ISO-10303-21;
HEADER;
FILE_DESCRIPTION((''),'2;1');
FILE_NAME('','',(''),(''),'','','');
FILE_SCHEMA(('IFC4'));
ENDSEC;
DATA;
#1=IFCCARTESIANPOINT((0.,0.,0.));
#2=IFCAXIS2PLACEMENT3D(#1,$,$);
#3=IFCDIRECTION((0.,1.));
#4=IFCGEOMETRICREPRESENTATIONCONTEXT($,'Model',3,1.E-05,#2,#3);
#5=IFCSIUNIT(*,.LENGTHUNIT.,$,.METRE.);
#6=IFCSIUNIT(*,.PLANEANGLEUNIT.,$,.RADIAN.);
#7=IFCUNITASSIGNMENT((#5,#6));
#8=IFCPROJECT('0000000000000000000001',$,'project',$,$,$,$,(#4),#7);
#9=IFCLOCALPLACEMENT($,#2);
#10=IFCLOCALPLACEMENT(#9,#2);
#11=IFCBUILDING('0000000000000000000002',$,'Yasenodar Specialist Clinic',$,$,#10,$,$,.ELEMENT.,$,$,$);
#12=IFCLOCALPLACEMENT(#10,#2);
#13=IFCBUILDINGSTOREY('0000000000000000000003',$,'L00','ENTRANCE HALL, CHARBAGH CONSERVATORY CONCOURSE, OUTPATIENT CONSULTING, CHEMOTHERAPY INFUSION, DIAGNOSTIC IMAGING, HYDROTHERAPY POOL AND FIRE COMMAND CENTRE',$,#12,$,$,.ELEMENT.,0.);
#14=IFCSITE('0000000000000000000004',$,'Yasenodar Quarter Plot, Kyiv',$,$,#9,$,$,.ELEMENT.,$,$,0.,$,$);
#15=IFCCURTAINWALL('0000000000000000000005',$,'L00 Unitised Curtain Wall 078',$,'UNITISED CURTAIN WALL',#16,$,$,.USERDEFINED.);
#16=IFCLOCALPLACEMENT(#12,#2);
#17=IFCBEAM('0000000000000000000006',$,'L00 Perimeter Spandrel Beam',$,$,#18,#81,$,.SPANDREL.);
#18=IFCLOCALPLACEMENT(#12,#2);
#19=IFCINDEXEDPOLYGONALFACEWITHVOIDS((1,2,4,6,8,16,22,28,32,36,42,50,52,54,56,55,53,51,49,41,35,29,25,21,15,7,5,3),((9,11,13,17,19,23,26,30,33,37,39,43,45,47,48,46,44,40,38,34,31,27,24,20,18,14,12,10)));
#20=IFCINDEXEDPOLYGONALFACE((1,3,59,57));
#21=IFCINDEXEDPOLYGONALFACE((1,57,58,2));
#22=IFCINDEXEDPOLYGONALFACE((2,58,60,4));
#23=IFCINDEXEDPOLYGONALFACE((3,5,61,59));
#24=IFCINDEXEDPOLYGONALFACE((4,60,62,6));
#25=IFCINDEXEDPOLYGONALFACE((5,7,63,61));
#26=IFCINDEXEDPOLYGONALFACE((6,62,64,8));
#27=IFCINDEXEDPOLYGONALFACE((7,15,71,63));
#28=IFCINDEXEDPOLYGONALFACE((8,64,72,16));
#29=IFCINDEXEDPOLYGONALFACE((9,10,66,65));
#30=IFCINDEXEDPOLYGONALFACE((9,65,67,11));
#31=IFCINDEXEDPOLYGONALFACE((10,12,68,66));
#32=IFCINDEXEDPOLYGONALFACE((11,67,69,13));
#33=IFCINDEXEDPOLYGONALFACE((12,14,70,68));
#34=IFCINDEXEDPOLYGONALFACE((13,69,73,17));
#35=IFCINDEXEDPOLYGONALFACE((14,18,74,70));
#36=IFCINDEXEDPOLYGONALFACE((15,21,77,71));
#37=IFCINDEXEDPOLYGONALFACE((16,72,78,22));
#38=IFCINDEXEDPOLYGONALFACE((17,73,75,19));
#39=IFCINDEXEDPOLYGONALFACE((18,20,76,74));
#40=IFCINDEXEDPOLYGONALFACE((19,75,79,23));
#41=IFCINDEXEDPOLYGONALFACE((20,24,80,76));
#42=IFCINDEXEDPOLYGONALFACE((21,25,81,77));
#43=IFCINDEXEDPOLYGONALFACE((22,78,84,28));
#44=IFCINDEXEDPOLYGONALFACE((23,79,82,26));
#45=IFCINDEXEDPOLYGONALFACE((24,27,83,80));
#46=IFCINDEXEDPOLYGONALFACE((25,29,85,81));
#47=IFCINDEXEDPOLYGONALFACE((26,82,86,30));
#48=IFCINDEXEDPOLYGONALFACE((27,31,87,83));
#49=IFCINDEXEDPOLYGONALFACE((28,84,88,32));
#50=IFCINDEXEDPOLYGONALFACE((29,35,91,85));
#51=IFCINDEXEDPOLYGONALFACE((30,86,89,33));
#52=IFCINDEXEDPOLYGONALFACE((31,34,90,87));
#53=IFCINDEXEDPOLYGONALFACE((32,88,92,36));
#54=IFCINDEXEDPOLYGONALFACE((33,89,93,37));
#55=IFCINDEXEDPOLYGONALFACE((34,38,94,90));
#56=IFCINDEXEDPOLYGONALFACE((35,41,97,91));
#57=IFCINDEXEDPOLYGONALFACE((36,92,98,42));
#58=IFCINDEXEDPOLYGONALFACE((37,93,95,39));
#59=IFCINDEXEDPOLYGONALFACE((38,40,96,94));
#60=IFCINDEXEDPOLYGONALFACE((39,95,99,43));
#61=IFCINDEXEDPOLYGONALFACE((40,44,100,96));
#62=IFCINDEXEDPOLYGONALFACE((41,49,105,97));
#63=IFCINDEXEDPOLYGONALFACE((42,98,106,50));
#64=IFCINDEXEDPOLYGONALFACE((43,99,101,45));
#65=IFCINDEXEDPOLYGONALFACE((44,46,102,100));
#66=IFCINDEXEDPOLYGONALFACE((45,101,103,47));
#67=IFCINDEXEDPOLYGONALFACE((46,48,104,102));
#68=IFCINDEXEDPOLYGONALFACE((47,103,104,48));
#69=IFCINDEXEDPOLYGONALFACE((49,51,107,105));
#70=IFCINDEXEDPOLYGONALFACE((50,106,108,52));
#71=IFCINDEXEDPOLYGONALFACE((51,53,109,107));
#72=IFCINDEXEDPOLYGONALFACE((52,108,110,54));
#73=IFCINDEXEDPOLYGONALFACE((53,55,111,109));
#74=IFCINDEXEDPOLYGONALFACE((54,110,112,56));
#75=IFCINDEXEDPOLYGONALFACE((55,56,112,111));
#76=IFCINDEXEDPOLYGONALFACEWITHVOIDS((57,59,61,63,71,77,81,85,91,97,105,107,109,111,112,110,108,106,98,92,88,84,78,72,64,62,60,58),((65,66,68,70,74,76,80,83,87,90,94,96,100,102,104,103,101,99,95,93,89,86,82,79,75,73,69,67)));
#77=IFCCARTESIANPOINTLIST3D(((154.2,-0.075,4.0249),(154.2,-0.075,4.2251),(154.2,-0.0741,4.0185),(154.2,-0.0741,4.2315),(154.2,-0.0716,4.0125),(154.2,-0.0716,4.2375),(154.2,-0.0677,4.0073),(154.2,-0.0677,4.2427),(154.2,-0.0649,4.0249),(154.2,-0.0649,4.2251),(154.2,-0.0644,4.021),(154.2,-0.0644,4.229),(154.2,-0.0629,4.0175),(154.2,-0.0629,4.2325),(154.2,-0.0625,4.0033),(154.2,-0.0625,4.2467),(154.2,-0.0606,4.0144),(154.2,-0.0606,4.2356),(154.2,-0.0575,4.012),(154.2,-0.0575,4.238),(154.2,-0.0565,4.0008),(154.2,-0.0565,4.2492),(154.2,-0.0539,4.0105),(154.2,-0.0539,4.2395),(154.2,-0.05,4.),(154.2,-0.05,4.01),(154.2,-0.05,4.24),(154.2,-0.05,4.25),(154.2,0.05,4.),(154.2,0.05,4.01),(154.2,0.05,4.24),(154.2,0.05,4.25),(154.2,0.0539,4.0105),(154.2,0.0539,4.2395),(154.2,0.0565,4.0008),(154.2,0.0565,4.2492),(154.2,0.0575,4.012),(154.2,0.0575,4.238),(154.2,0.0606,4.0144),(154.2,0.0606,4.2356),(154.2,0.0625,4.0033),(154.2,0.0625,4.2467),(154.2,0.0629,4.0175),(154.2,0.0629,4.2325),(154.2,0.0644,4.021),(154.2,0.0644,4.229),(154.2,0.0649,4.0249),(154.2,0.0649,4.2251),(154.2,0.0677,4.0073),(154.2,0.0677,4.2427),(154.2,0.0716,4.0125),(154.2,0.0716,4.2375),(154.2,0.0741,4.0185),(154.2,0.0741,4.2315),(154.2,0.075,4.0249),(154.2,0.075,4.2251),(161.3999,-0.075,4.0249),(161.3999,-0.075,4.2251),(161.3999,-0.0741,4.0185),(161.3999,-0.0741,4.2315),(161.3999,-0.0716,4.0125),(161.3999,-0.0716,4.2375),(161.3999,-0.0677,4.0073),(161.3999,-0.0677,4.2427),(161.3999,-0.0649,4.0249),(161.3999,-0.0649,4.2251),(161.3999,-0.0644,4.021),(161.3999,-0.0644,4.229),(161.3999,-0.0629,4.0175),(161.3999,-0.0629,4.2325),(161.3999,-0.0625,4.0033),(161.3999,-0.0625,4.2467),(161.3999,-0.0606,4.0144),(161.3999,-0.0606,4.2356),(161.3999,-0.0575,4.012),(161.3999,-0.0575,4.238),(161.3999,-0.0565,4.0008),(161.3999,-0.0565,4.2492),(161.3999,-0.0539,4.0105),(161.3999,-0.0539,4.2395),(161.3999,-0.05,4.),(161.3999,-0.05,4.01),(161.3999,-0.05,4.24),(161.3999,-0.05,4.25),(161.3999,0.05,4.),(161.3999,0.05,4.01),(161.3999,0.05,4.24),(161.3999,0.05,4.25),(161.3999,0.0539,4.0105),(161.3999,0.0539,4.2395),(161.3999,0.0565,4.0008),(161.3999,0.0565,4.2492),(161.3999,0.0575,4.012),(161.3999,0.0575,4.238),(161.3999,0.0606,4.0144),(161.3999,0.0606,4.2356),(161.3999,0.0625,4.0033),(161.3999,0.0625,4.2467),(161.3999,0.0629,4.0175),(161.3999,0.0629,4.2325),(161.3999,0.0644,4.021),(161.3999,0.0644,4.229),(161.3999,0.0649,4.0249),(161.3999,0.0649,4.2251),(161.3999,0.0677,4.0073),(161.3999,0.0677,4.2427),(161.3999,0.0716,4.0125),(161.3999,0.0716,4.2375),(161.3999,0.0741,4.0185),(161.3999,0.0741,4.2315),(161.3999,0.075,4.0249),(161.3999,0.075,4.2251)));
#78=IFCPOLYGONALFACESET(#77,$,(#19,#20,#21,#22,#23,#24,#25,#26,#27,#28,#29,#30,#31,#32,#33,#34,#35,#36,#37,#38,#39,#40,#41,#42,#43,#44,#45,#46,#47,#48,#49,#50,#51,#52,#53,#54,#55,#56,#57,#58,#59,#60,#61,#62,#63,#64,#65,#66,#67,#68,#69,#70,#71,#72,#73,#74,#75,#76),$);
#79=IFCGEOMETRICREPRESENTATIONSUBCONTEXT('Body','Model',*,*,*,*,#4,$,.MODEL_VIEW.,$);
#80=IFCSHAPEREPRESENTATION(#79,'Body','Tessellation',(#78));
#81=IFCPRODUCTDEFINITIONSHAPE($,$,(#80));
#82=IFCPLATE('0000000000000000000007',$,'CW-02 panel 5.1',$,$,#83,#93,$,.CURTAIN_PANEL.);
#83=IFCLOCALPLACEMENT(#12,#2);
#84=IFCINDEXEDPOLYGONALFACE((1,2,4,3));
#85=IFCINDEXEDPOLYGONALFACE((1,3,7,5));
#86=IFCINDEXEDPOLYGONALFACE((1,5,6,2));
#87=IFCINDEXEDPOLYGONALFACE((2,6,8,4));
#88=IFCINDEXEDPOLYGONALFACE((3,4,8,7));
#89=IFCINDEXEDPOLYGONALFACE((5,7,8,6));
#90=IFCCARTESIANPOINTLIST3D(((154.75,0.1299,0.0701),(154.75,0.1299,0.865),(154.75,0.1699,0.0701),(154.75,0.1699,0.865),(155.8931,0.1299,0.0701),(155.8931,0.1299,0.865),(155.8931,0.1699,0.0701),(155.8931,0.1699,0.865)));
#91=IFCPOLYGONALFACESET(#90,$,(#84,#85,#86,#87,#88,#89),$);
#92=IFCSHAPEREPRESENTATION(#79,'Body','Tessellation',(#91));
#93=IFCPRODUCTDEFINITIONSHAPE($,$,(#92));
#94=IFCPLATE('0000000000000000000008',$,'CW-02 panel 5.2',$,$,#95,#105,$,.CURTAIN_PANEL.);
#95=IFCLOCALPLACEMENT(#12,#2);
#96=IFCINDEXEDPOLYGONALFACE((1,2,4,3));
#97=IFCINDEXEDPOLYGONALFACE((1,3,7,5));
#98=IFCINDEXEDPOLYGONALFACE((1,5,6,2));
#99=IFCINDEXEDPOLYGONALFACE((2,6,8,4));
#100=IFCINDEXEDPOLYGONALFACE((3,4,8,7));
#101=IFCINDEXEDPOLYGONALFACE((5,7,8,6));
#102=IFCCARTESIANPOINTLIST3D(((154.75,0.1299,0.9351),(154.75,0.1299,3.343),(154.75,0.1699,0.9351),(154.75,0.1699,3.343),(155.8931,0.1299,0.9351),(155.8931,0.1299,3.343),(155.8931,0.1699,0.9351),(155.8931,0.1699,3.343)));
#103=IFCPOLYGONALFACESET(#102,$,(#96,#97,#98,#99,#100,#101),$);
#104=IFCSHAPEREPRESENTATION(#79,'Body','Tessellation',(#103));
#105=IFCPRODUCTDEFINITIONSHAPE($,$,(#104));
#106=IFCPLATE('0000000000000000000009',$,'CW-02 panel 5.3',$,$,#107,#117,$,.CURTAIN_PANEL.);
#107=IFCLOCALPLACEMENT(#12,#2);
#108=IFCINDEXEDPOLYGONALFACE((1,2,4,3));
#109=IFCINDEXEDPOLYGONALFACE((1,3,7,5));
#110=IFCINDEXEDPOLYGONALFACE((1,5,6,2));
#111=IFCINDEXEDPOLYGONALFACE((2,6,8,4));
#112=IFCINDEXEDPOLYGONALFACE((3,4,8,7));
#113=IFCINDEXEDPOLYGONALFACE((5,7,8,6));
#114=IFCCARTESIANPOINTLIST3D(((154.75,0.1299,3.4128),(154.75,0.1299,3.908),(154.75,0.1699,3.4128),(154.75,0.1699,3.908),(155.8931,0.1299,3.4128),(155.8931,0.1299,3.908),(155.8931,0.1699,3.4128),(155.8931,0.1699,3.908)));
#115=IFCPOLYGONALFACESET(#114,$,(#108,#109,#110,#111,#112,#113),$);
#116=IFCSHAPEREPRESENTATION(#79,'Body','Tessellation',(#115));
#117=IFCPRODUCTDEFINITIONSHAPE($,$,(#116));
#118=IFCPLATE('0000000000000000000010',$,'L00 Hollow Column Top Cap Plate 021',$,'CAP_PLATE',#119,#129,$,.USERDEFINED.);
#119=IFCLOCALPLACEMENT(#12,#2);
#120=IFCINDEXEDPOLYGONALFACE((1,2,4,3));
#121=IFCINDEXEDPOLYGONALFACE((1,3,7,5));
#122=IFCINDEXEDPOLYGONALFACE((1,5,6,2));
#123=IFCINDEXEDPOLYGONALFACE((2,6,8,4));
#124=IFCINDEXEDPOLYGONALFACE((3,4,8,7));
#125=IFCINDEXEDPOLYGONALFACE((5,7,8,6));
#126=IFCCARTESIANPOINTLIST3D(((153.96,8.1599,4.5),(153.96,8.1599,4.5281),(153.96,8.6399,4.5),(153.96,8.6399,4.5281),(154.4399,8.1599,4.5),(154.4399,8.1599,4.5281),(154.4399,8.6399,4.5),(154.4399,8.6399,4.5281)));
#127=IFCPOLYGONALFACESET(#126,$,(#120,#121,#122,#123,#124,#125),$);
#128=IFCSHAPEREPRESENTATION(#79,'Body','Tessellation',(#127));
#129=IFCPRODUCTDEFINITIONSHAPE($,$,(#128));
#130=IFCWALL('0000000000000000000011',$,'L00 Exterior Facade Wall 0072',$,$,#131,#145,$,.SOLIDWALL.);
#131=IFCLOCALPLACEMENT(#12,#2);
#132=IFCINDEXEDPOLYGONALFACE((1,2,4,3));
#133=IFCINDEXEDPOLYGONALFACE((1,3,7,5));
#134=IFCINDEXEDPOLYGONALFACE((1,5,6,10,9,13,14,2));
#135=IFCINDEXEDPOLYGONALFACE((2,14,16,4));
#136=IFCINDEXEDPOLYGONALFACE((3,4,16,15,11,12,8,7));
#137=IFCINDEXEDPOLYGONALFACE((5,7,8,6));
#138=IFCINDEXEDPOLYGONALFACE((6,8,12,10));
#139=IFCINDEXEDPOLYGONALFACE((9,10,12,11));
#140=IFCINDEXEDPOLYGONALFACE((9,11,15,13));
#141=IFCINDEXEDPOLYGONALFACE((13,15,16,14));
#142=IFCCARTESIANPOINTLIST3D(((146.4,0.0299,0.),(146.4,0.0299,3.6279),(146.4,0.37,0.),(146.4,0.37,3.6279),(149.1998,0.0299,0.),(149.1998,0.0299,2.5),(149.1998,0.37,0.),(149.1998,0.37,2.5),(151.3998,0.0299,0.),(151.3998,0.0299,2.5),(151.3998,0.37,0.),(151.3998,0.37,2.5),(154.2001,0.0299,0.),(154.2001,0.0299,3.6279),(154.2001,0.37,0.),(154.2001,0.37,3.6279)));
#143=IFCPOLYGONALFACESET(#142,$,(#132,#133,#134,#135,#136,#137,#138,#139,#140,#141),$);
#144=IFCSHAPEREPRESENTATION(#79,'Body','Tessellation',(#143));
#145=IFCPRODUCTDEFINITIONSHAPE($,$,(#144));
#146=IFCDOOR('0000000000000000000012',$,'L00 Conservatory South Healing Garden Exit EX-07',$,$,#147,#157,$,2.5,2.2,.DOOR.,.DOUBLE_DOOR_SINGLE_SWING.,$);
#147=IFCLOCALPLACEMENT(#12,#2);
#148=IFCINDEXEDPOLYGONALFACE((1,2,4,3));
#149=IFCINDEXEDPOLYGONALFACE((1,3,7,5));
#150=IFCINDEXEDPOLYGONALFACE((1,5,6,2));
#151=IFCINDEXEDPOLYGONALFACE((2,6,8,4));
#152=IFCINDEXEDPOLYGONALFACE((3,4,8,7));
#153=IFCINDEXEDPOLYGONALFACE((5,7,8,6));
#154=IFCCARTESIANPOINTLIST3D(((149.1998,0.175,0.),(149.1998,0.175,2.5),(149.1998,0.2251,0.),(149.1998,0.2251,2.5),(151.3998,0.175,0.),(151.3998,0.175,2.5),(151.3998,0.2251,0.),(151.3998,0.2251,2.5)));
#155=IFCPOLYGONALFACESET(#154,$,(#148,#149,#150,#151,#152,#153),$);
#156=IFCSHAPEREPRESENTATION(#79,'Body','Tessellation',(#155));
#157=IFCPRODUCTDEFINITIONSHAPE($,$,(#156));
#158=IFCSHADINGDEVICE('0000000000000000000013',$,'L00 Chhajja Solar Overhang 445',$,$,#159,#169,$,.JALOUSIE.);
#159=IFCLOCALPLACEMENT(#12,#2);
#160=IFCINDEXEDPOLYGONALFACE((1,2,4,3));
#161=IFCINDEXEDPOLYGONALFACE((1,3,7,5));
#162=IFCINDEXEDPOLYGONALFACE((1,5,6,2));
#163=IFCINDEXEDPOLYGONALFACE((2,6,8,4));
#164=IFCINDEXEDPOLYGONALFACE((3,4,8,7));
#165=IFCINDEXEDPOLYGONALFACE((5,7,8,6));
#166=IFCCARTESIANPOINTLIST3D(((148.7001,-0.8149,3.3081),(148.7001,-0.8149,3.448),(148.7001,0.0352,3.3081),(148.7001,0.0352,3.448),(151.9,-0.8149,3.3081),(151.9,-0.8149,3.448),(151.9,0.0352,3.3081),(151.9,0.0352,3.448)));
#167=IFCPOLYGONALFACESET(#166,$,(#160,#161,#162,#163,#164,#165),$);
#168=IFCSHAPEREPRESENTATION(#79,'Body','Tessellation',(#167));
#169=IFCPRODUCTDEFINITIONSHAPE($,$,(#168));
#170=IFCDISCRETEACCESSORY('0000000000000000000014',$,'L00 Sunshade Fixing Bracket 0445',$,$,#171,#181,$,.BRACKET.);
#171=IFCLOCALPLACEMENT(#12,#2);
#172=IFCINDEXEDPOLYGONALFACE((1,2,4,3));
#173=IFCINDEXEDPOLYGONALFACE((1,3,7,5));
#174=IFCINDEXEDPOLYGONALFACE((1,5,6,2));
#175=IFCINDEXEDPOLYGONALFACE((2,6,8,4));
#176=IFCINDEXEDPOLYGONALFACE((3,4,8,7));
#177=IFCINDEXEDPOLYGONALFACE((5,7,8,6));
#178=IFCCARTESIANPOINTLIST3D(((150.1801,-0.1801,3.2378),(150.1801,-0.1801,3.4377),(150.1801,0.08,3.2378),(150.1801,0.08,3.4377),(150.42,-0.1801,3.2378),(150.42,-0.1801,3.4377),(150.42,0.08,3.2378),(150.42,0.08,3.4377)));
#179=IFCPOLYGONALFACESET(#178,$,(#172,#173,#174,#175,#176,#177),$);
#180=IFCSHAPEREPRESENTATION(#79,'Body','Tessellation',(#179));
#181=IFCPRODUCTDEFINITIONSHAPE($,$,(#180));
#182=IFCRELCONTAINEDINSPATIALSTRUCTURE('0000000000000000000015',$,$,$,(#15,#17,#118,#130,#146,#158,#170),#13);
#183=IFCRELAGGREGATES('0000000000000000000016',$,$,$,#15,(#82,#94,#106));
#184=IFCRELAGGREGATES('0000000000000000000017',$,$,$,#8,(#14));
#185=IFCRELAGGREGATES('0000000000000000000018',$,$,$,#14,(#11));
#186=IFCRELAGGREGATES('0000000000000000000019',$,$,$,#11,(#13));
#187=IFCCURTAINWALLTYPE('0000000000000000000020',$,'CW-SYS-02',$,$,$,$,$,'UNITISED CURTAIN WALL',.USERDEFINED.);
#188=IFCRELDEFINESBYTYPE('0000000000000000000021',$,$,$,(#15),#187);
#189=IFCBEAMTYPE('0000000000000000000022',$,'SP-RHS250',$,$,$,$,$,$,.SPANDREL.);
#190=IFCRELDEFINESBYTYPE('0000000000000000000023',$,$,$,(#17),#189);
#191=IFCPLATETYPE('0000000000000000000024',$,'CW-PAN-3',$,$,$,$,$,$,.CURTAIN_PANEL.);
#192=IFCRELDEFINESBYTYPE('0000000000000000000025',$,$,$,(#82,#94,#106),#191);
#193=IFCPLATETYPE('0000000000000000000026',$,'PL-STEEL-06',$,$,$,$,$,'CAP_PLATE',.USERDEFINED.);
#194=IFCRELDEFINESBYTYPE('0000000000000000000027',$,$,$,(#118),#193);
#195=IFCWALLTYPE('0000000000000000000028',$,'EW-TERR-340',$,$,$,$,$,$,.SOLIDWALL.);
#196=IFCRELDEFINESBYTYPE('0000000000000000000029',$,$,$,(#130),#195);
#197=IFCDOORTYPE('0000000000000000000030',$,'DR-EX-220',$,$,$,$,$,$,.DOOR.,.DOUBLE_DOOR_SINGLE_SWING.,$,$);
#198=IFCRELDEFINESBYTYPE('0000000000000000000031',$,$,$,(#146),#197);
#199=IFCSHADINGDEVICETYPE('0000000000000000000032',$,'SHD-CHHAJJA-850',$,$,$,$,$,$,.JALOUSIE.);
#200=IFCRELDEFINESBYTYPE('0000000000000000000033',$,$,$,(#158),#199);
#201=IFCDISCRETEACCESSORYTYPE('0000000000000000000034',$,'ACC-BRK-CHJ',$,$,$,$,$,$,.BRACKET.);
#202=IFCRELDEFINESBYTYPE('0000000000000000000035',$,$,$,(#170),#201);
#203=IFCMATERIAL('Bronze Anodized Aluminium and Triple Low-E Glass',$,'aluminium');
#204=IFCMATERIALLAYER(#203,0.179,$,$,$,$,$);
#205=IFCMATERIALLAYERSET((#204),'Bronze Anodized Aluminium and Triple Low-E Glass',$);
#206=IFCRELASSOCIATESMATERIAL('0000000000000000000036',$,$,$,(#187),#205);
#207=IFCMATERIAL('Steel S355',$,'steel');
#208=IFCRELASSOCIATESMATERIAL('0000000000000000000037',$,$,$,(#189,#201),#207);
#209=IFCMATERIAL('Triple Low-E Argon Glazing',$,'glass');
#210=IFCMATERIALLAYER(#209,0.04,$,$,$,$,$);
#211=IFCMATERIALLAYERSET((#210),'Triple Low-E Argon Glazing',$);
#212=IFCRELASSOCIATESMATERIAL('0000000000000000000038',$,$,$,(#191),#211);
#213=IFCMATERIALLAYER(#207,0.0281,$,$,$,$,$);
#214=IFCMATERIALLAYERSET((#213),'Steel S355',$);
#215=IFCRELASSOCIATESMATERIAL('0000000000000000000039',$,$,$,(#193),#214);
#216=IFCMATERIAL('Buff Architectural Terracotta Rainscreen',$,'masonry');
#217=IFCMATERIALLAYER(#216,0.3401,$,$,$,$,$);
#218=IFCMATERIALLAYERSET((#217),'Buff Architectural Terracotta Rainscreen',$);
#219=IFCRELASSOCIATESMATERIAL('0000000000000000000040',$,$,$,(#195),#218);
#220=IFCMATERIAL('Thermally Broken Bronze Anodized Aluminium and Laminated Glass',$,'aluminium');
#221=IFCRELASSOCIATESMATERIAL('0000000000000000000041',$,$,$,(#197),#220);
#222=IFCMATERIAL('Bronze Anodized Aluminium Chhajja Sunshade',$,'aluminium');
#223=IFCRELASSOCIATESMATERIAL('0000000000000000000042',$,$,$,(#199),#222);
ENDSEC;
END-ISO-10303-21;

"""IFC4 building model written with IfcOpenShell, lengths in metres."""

from ifc_helpers import new_model, si_unit, direction, frame, frame_2d, origin, origin_2d, place, context, subcontext, project, spatial, rectangle, hollow_rectangle, extrude, material, layer, layer_set, material_profile, profile_set, type_object, element, fill, aggregate, save


model = new_model("IFC4")

# Units and contexts
model_context = context("Model", 3, precision=1e-05, world=origin(), true_north=direction((0.0, 1.0)))
body_context = subcontext(model_context, "Body", "Model", "MODEL_VIEW")
ifc_project = project(units=[si_unit("LENGTHUNIT", "METRE"), si_unit("PLANEANGLEUNIT", "RADIAN")], contexts=[model_context])

# Site, building, storey
site_placement = place(None, origin())
site = spatial("IfcSite", under=ifc_project, at=site_placement, Name="Yasenodar Quarter Plot, Kyiv", CompositionType="ELEMENT", RefElevation=0.0)
building_placement = place(site_placement, origin())
building = spatial("IfcBuilding", under=site, at=building_placement, Name="Yasenodar Specialist Clinic", CompositionType="ELEMENT")
storey_placement = place(building_placement, origin())
storey = spatial("IfcBuildingStorey", under=building, at=storey_placement, Name="L00", Description="ENTRANCE HALL, CHARBAGH CONSERVATORY CONCOURSE, OUTPATIENT CONSULTING, CHEMOTHERAPY INFUSION, DIAGNOSTIC IMAGING, HYDROTHERAPY POOL AND FIRE COMMAND CENTRE", CompositionType="ELEMENT", Elevation=0.0)

# Shared definitions
ifc_material_1 = material(Name="Steel S355", Category="steel")

# Curtain wall
ifc_material_2 = material(Name="Bronze Anodized Aluminium and Triple Low-E Glass", Category="aluminium")
ifc_layer_1 = layer(ifc_material_2, 0.179)
ifc_layer_set_1 = layer_set([ifc_layer_1], Name="Bronze Anodized Aluminium and Triple Low-E Glass")
curtain_wall_type = type_object("IfcCurtainWallType", Name="CW-SYS-02", ElementType="UNITISED CURTAIN WALL", PredefinedType="USERDEFINED", material=ifc_layer_set_1)
curtain_wall_placement = place(storey_placement, origin())
curtain_wall = element("IfcCurtainWall", 1, at=curtain_wall_placement, inside=storey, type_object=curtain_wall_type, Name="L00 Unitised Curtain Wall 078", ObjectType="UNITISED CURTAIN WALL", PredefinedType="USERDEFINED")

# Beam
ifc_material_profile_1 = material_profile(ifc_material_1, hollow_rectangle(XDim=0.1499, YDim=0.25, WallThickness=0.01, InnerFilletRadius=0.0149, OuterFilletRadius=0.0249, at=origin_2d()), Name="RHS 250x150x10")
ifc_profile_set_1 = profile_set([ifc_material_profile_1], Name="Steel S355")
beam_type_1 = type_object("IfcBeamType", Name="SP-RHS250", PredefinedType="SPANDREL", material=ifc_profile_set_1)
beam_1_placement = place(storey_placement, frame((154.2, 0.0, 4.125), z_axis=(1.0, 0.0, 0.0), x_axis=(0.0, 1.0, 0.0)))
element("IfcBeam", 2, at=beam_1_placement, inside=storey, type_object=beam_type_1, Name="L00 Perimeter Spandrel Beam", PredefinedType="SPANDREL", context=body_context, shape_type="SweptSolid", body=[
    extrude(hollow_rectangle(XDim=0.1499, YDim=0.25, WallThickness=0.01, InnerFilletRadius=0.0149, OuterFilletRadius=0.0249, at=origin_2d()), origin(), (0.0, 0.0, 1.0), 7.2),
])

# Plates
ifc_material_3 = material(Name="Triple Low-E Argon Glazing", Category="glass")
ifc_layer_2 = layer(ifc_material_3, 0.04)
ifc_layer_set_2 = layer_set([ifc_layer_2], Name="Triple Low-E Argon Glazing")
plate_type_1 = type_object("IfcPlateType", Name="CW-PAN-3", PredefinedType="CURTAIN_PANEL", material=ifc_layer_set_2)
plate_1_placement = place(storey_placement, frame((155.3215, 0.1499, 0.0701), z_axis=(0.0, 0.0, 1.0), x_axis=(-1.0, 0.0, 0.0)))
plate_1 = element("IfcPlate", 3, at=plate_1_placement, type_object=plate_type_1, Name="CW-02 panel 5.1", PredefinedType="CURTAIN_PANEL", context=body_context, shape_type="SweptSolid", body=[
    extrude(rectangle(XDim=1.1431, YDim=0.04, at=origin_2d()), origin(), (0.0, 0.0, 1.0), 0.7949),
])
plate_2_placement = place(storey_placement, frame((155.3215, 0.1499, 0.9351), z_axis=(0.0, 0.0, 1.0), x_axis=(-1.0, 0.0, 0.0)))
plate_2 = element("IfcPlate", 4, at=plate_2_placement, type_object=plate_type_1, Name="CW-02 panel 5.2", PredefinedType="CURTAIN_PANEL", context=body_context, shape_type="SweptSolid", body=[
    extrude(rectangle(XDim=1.1431, YDim=0.04, at=origin_2d()), origin(), (0.0, 0.0, 1.0), 2.408),
])
plate_3_placement = place(storey_placement, frame((155.3215, 0.1499, 3.4128), z_axis=(0.0, 0.0, 1.0), x_axis=(-1.0, 0.0, 0.0)))
plate_3 = element("IfcPlate", 5, at=plate_3_placement, type_object=plate_type_1, Name="CW-02 panel 5.3", PredefinedType="CURTAIN_PANEL", context=body_context, shape_type="SweptSolid", body=[
    extrude(rectangle(XDim=1.1431, YDim=0.04, at=origin_2d()), origin(), (0.0, 0.0, 1.0), 0.4951),
])
aggregate(curtain_wall, [plate_1, plate_2, plate_3])
ifc_layer_3 = layer(ifc_material_1, 0.0281)
ifc_layer_set_3 = layer_set([ifc_layer_3], Name="Steel S355")
plate_type_2 = type_object("IfcPlateType", Name="PL-STEEL-06", ElementType="CAP_PLATE", PredefinedType="USERDEFINED", material=ifc_layer_set_3)
plate_4_placement = place(storey_placement, frame((154.2, 8.3999, 4.5), z_axis=(0.0, 0.0, 1.0), x_axis=(1.0, 0.0, 0.0)))
element("IfcPlate", 6, at=plate_4_placement, inside=storey, type_object=plate_type_2, Name="L00 Hollow Column Top Cap Plate 021", ObjectType="CAP_PLATE", PredefinedType="USERDEFINED", context=body_context, shape_type="SweptSolid", body=[
    extrude(rectangle(XDim=0.48, YDim=0.48, at=origin_2d()), origin(), (0.0, 0.0, 1.0), 0.0281),
])

# Wall, opening, door
ifc_material_4 = material(Name="Buff Architectural Terracotta Rainscreen", Category="masonry")
ifc_layer_4 = layer(ifc_material_4, 0.3401)
ifc_layer_set_4 = layer_set([ifc_layer_4], Name="Buff Architectural Terracotta Rainscreen")
wall_type = type_object("IfcWallType", Name="EW-TERR-340", PredefinedType="SOLIDWALL", material=ifc_layer_set_4)
wall_placement = place(storey_placement, frame((154.2, 0.2, 0.0), z_axis=(0.0, 0.0, 1.0), x_axis=(-1.0, 0.0, 0.0)))
wall = element("IfcWall", 7, at=wall_placement, inside=storey, type_object=wall_type, Name="L00 Exterior Facade Wall 0072", PredefinedType="SOLIDWALL", context=body_context, shape_type="SweptSolid", body=[
    extrude(rectangle(XDim=7.8, YDim=0.3401, at=frame_2d((3.8999, 0.0))), origin(), (0.0, 0.0, 1.0), 3.6279),
])
opening_placement = place(wall_placement, frame((2.8, 0.0, 0.0)))
opening = element("IfcOpeningElement", 8, at=opening_placement, cuts=wall, PredefinedType="OPENING", context=body_context, shape_type="SweptSolid", body=[
    extrude(rectangle(XDim=2.2, YDim=2.5, at=frame_2d((1.1001, 1.25))), frame((0.0, 0.1802, 0.0), z_axis=(0.0, -1.0, 0.0), x_axis=(1.0, 0.0, 0.0)), (0.0, 0.0, 1.0), 0.3601),
])
ifc_material_5 = material(Name="Thermally Broken Bronze Anodized Aluminium and Laminated Glass", Category="aluminium")
door_type = type_object("IfcDoorType", Name="DR-EX-220", OperationType="DOUBLE_DOOR_SINGLE_SWING", PredefinedType="DOOR", material=ifc_material_5)
door_placement = place(opening_placement, origin())
door = element("IfcDoor", 9, at=door_placement, inside=storey, type_object=door_type, Name="L00 Conservatory South Healing Garden Exit EX-07", OperationType="DOUBLE_DOOR_SINGLE_SWING", OverallHeight=2.5, OverallWidth=2.2, PredefinedType="DOOR", context=body_context, shape_type="SweptSolid", body=[
    extrude(rectangle(XDim=2.2, YDim=2.5, at=frame_2d((1.1001, 1.25))), frame((0.0, 0.0249, 0.0), z_axis=(0.0, -1.0, 0.0), x_axis=(1.0, 0.0, 0.0)), (0.0, 0.0, 1.0), 0.05),
])
fill(opening, door)

# Shading device
ifc_material_6 = material(Name="Bronze Anodized Aluminium Chhajja Sunshade", Category="aluminium")
shading_device_type = type_object("IfcShadingDeviceType", Name="SHD-CHHAJJA-850", PredefinedType="JALOUSIE", material=ifc_material_6)
shading_device_placement = place(storey_placement, frame((150.3, -0.3899, 3.3081), z_axis=(0.0, 0.0, 1.0), x_axis=(-1.0, 0.0, 0.0)))
element("IfcShadingDevice", 10, at=shading_device_placement, inside=storey, type_object=shading_device_type, Name="L00 Chhajja Solar Overhang 445", PredefinedType="JALOUSIE", context=body_context, shape_type="SweptSolid", body=[
    extrude(rectangle(XDim=3.2, YDim=0.8501, at=origin_2d()), origin(), (0.0, 0.0, 1.0), 0.1399),
])

# Discrete accessory
discrete_accessory_type = type_object("IfcDiscreteAccessoryType", Name="ACC-BRK-CHJ", PredefinedType="BRACKET", material=ifc_material_1)
discrete_accessory_placement = place(storey_placement, frame((150.3, -0.05, 3.2378), z_axis=(0.0, 0.0, 1.0), x_axis=(-1.0, 0.0, 0.0)))
element("IfcDiscreteAccessory", 11, at=discrete_accessory_placement, inside=storey, type_object=discrete_accessory_type, Name="L00 Sunshade Fixing Bracket 0445", PredefinedType="BRACKET", context=body_context, shape_type="SweptSolid", body=[
    extrude(rectangle(XDim=0.24, YDim=0.26, at=origin_2d()), origin(), (0.0, 0.0, 1.0), 0.2),
])

save(model, "model.ifc")
